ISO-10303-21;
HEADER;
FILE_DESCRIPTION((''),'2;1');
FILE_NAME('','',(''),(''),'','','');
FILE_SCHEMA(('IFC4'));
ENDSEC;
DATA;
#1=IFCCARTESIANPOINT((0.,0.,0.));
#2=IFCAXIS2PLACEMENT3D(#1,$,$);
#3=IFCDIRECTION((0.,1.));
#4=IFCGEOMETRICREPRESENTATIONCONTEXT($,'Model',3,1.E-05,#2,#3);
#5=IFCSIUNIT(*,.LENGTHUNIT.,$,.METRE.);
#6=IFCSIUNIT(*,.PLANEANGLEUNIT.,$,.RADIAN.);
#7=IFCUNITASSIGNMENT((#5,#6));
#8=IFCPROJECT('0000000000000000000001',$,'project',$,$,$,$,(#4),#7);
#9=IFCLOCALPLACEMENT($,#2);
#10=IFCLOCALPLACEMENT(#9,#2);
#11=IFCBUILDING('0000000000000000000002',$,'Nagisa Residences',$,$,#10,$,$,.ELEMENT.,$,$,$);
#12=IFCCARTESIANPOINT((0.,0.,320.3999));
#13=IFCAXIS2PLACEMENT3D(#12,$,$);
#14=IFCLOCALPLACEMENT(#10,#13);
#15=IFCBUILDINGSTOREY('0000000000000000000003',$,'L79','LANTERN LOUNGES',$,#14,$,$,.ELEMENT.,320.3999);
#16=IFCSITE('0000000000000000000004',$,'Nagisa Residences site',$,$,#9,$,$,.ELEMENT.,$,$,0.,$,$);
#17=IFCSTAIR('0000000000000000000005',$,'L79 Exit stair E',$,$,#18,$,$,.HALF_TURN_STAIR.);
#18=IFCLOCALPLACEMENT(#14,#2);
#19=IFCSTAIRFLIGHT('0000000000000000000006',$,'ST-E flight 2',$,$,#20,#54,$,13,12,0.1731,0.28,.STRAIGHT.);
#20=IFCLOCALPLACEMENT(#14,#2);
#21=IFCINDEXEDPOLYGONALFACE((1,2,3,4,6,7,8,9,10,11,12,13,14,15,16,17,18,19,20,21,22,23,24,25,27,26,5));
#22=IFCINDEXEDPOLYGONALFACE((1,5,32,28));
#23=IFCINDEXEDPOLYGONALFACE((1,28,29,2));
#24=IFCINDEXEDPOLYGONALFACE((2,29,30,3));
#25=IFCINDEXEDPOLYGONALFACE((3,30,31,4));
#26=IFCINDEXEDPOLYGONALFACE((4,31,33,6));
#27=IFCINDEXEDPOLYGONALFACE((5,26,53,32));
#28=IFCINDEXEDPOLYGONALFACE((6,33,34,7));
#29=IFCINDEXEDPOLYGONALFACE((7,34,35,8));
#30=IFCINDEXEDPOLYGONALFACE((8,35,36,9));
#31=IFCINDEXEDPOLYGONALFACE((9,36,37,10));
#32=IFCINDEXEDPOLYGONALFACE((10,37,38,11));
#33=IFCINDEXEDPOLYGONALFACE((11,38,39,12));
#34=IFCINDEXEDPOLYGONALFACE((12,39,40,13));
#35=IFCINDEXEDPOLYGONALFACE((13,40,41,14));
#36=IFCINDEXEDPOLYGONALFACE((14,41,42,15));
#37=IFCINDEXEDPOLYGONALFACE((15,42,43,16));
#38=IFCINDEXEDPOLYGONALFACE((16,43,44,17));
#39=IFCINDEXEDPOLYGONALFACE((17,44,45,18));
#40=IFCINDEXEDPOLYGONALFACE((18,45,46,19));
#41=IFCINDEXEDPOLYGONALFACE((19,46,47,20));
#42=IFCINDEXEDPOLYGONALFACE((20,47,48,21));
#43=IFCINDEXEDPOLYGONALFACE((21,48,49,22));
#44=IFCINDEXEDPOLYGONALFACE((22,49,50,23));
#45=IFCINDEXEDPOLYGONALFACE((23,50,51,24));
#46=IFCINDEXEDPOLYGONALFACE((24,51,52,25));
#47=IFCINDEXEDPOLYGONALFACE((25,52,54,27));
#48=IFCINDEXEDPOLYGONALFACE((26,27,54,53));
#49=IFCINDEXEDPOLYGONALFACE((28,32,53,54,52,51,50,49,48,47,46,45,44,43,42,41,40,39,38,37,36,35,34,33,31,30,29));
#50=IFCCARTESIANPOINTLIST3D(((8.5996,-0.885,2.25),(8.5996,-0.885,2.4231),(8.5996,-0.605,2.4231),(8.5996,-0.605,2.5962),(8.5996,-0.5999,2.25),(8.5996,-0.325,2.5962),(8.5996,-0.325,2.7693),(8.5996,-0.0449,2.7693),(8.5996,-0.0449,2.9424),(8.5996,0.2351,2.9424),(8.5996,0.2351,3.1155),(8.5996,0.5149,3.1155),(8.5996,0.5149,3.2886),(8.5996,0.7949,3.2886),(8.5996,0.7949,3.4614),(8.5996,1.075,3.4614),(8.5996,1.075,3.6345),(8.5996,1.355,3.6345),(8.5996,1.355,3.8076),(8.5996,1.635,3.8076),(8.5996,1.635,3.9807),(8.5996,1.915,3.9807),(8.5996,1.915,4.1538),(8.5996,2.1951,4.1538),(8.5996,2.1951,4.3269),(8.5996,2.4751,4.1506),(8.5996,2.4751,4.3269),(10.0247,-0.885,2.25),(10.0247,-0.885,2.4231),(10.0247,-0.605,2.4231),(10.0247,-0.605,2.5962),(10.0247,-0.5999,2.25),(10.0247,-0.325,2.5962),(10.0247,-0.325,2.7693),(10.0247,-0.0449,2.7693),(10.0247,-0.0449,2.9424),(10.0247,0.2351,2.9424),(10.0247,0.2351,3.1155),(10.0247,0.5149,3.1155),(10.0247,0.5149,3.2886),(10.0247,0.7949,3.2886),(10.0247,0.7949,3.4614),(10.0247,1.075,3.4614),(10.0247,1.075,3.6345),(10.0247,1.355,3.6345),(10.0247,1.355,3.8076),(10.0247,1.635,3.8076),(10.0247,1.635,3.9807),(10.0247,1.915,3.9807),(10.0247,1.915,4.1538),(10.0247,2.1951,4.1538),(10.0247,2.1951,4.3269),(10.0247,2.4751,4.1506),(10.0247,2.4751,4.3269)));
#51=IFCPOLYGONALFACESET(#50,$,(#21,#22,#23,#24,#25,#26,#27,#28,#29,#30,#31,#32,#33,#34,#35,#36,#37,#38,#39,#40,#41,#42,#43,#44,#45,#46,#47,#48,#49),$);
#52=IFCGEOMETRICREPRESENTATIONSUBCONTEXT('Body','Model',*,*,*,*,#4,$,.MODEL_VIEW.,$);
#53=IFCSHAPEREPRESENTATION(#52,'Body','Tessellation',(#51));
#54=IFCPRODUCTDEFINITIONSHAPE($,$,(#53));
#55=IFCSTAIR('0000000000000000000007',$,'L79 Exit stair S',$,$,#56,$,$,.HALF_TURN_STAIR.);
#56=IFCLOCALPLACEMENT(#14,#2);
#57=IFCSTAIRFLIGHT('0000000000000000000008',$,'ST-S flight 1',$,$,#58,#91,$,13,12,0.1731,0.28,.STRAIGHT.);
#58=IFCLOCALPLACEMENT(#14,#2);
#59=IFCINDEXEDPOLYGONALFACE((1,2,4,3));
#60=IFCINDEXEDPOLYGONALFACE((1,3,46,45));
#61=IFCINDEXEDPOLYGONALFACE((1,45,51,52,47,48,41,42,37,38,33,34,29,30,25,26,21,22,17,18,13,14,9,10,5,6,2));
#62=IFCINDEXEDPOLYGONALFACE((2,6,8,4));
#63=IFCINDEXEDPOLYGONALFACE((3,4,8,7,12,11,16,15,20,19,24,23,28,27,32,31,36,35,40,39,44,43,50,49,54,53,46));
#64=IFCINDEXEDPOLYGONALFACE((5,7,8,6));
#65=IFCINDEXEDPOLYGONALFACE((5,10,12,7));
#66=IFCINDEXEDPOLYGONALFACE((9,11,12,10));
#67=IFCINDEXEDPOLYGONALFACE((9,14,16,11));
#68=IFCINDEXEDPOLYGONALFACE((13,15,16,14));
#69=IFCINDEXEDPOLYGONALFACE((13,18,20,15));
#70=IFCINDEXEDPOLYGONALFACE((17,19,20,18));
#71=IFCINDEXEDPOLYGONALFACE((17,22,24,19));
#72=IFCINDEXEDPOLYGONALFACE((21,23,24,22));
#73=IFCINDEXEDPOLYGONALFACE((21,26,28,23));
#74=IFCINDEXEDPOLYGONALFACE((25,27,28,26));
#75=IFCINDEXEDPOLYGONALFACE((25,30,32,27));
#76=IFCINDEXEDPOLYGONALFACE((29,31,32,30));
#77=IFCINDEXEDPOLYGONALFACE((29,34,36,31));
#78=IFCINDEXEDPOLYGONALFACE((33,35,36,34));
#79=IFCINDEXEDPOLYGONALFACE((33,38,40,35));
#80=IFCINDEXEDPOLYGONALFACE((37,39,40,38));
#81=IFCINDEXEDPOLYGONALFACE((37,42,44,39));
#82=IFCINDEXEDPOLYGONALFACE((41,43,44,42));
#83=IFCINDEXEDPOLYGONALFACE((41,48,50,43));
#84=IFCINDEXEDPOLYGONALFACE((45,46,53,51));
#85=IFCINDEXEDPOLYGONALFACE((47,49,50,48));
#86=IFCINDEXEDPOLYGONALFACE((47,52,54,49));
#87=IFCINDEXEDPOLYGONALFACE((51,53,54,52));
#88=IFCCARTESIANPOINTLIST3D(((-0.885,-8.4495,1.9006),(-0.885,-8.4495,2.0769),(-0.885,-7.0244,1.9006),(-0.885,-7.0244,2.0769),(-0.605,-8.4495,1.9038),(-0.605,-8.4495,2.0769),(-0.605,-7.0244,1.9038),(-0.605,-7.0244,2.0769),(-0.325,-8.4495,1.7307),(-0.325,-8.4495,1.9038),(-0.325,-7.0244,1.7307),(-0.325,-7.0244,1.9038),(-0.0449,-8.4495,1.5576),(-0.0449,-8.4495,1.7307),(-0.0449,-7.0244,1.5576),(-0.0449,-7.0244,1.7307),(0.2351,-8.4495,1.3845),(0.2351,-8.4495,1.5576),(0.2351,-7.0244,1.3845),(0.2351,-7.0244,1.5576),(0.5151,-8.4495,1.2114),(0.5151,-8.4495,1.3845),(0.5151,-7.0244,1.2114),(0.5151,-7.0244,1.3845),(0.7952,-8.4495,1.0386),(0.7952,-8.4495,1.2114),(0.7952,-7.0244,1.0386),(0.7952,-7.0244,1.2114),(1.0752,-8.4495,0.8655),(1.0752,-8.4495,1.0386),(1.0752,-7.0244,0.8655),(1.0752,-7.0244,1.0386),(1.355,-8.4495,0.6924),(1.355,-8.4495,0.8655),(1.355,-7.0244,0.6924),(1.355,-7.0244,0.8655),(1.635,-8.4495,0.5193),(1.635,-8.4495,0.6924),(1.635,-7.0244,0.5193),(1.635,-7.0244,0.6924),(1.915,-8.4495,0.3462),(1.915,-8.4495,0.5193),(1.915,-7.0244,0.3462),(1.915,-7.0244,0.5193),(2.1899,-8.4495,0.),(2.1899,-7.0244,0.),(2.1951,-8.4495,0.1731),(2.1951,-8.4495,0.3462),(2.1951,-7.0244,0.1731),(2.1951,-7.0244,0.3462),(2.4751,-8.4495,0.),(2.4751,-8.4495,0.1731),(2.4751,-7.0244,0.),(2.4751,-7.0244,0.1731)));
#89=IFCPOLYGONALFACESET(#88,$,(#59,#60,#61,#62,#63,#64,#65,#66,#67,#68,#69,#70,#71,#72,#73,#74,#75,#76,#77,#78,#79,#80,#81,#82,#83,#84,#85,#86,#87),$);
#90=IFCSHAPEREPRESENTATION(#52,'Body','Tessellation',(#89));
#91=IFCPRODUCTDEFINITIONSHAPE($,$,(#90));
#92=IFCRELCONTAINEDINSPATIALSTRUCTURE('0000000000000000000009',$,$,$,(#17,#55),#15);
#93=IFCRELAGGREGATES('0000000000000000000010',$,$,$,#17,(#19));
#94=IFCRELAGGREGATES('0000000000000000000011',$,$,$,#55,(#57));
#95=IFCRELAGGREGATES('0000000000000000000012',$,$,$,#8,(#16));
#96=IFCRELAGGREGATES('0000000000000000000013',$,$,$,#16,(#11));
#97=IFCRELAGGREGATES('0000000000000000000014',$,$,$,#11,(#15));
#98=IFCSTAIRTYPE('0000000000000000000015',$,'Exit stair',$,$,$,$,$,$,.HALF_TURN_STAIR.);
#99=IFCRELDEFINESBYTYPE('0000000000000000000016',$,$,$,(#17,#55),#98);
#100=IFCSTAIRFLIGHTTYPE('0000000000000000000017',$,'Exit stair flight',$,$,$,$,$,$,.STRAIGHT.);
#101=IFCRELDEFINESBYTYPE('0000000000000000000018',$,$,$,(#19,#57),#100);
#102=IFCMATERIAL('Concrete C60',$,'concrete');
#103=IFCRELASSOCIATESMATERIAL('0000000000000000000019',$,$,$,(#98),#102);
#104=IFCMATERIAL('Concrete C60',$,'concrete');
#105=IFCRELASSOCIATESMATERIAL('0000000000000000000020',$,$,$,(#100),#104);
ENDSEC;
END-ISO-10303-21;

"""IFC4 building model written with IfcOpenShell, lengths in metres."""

from ifc_helpers import new_model, si_unit, direction, frame, origin, place, context, subcontext, project, spatial, polyline, outline, extrude, material, type_object, element, aggregate, save


model = new_model("IFC4")

# Units and contexts
model_context = context("Model", 3, precision=1e-05, world=origin(), true_north=direction((0.0, 1.0)))
body_context = subcontext(model_context, "Body", "Model", "MODEL_VIEW")
ifc_project = project(units=[si_unit("LENGTHUNIT", "METRE"), si_unit("PLANEANGLEUNIT", "RADIAN")], contexts=[model_context])

# Site, building, storey
site_placement = place(None, origin())
site = spatial("IfcSite", under=ifc_project, at=site_placement, Name="Nagisa Residences site", CompositionType="ELEMENT", RefElevation=0.0)
building_placement = place(site_placement, origin())
building = spatial("IfcBuilding", under=site, at=building_placement, Name="Nagisa Residences", CompositionType="ELEMENT")
storey_placement = place(building_placement, frame((0.0, 0.0, 320.3999)))
storey = spatial("IfcBuildingStorey", under=building, at=storey_placement, Name="L79", Description="LANTERN LOUNGES", CompositionType="ELEMENT", Elevation=320.3999)

# Stairs, stair flights
ifc_material_1 = material(Name="Concrete C60", Category="concrete")
stair_type = type_object("IfcStairType", Name="Exit stair", PredefinedType="HALF_TURN_STAIR", material=ifc_material_1)
stair_1_placement = place(storey_placement, origin())
stair_1 = element("IfcStair", 1, at=stair_1_placement, inside=storey, type_object=stair_type, Name="L79 Exit stair E", PredefinedType="HALF_TURN_STAIR")
ifc_material_2 = material(Name="Concrete C60", Category="concrete")
stair_flight_type = type_object("IfcStairFlightType", Name="Exit stair flight", PredefinedType="STRAIGHT", material=ifc_material_2)
stair_flight_1_placement = place(storey_placement, frame((9.312, -0.885, 2.25), z_axis=(0.0, 0.0, 1.0), x_axis=(0.0, 1.0, 0.0)))
stair_flight_1 = element("IfcStairFlight", 2, at=stair_flight_1_placement, type_object=stair_flight_type, Name="ST-E flight 2", NumberOfRisers=13, NumberOfTreads=12, PredefinedType="STRAIGHT", RiserHeight=0.1731, TreadLength=0.28, context=body_context, shape_type="SweptSolid", body=[
    extrude(outline(polyline([(0.0, 0.0), (0.0, 0.1731), (0.28, 0.1731), (0.28, 0.3462), (0.5601, 0.3462), (0.5601, 0.5193), (0.8401, 0.5193), (0.8401, 0.6924), (1.1201, 0.6924), (1.1201, 0.8655), (1.3999, 0.8655), (1.3999, 1.0386), (1.6799, 1.0386), (1.6799, 1.2114), (1.96, 1.2114), (1.96, 1.3845), (2.24, 1.3845), (2.24, 1.5576), (2.52, 1.5576), (2.52, 1.7307), (2.8, 1.7307), (2.8, 1.9038), (3.0801, 1.9038), (3.0801, 2.0769), (3.3601, 2.0769), (3.3601, 2.25), (3.3601, 1.9006), (0.2852, 0.0), (0.0, 0.0)])), frame((0.0, 0.7124, 0.0), z_axis=(0.0, -1.0, 0.0), x_axis=(1.0, 0.0, 0.0)), (0.0, 0.0, 1.0), 1.425),
])
aggregate(stair_1, [stair_flight_1])
stair_2_placement = place(storey_placement, origin())
stair_2 = element("IfcStair", 3, at=stair_2_placement, inside=storey, type_object=stair_type, Name="L79 Exit stair S", PredefinedType="HALF_TURN_STAIR")
stair_flight_2_placement = place(storey_placement, frame((2.4751, -7.7371, 0.0), z_axis=(0.0, 0.0, 1.0), x_axis=(-1.0, 0.0, 0.0)))
stair_flight_2 = element("IfcStairFlight", 4, at=stair_flight_2_placement, type_object=stair_flight_type, Name="ST-S flight 1", NumberOfRisers=13, NumberOfTreads=12, PredefinedType="STRAIGHT", RiserHeight=0.1731, TreadLength=0.28, context=body_context, shape_type="SweptSolid", body=[
    extrude(outline(polyline([(0.0, 0.0), (0.0, 0.1731), (0.28, 0.1731), (0.28, 0.3462), (0.5601, 0.3462), (0.5601, 0.5193), (0.8401, 0.5193), (0.8401, 0.6924), (1.1201, 0.6924), (1.1201, 0.8655), (1.3999, 0.8655), (1.3999, 1.0386), (1.6799, 1.0386), (1.6799, 1.2114), (1.96, 1.2114), (1.96, 1.3845), (2.24, 1.3845), (2.24, 1.5576), (2.52, 1.5576), (2.52, 1.7307), (2.8, 1.7307), (2.8, 1.9038), (3.0801, 1.9038), (3.0801, 2.0769), (3.3601, 2.0769), (3.3601, 2.25), (3.3601, 1.9006), (0.2852, 0.0), (0.0, 0.0)])), frame((0.0, 0.7124, 0.0), z_axis=(0.0, -1.0, 0.0), x_axis=(1.0, 0.0, 0.0)), (0.0, 0.0, 1.0), 1.425),
])
aggregate(stair_2, [stair_flight_2])

save(model, "model.ifc")
